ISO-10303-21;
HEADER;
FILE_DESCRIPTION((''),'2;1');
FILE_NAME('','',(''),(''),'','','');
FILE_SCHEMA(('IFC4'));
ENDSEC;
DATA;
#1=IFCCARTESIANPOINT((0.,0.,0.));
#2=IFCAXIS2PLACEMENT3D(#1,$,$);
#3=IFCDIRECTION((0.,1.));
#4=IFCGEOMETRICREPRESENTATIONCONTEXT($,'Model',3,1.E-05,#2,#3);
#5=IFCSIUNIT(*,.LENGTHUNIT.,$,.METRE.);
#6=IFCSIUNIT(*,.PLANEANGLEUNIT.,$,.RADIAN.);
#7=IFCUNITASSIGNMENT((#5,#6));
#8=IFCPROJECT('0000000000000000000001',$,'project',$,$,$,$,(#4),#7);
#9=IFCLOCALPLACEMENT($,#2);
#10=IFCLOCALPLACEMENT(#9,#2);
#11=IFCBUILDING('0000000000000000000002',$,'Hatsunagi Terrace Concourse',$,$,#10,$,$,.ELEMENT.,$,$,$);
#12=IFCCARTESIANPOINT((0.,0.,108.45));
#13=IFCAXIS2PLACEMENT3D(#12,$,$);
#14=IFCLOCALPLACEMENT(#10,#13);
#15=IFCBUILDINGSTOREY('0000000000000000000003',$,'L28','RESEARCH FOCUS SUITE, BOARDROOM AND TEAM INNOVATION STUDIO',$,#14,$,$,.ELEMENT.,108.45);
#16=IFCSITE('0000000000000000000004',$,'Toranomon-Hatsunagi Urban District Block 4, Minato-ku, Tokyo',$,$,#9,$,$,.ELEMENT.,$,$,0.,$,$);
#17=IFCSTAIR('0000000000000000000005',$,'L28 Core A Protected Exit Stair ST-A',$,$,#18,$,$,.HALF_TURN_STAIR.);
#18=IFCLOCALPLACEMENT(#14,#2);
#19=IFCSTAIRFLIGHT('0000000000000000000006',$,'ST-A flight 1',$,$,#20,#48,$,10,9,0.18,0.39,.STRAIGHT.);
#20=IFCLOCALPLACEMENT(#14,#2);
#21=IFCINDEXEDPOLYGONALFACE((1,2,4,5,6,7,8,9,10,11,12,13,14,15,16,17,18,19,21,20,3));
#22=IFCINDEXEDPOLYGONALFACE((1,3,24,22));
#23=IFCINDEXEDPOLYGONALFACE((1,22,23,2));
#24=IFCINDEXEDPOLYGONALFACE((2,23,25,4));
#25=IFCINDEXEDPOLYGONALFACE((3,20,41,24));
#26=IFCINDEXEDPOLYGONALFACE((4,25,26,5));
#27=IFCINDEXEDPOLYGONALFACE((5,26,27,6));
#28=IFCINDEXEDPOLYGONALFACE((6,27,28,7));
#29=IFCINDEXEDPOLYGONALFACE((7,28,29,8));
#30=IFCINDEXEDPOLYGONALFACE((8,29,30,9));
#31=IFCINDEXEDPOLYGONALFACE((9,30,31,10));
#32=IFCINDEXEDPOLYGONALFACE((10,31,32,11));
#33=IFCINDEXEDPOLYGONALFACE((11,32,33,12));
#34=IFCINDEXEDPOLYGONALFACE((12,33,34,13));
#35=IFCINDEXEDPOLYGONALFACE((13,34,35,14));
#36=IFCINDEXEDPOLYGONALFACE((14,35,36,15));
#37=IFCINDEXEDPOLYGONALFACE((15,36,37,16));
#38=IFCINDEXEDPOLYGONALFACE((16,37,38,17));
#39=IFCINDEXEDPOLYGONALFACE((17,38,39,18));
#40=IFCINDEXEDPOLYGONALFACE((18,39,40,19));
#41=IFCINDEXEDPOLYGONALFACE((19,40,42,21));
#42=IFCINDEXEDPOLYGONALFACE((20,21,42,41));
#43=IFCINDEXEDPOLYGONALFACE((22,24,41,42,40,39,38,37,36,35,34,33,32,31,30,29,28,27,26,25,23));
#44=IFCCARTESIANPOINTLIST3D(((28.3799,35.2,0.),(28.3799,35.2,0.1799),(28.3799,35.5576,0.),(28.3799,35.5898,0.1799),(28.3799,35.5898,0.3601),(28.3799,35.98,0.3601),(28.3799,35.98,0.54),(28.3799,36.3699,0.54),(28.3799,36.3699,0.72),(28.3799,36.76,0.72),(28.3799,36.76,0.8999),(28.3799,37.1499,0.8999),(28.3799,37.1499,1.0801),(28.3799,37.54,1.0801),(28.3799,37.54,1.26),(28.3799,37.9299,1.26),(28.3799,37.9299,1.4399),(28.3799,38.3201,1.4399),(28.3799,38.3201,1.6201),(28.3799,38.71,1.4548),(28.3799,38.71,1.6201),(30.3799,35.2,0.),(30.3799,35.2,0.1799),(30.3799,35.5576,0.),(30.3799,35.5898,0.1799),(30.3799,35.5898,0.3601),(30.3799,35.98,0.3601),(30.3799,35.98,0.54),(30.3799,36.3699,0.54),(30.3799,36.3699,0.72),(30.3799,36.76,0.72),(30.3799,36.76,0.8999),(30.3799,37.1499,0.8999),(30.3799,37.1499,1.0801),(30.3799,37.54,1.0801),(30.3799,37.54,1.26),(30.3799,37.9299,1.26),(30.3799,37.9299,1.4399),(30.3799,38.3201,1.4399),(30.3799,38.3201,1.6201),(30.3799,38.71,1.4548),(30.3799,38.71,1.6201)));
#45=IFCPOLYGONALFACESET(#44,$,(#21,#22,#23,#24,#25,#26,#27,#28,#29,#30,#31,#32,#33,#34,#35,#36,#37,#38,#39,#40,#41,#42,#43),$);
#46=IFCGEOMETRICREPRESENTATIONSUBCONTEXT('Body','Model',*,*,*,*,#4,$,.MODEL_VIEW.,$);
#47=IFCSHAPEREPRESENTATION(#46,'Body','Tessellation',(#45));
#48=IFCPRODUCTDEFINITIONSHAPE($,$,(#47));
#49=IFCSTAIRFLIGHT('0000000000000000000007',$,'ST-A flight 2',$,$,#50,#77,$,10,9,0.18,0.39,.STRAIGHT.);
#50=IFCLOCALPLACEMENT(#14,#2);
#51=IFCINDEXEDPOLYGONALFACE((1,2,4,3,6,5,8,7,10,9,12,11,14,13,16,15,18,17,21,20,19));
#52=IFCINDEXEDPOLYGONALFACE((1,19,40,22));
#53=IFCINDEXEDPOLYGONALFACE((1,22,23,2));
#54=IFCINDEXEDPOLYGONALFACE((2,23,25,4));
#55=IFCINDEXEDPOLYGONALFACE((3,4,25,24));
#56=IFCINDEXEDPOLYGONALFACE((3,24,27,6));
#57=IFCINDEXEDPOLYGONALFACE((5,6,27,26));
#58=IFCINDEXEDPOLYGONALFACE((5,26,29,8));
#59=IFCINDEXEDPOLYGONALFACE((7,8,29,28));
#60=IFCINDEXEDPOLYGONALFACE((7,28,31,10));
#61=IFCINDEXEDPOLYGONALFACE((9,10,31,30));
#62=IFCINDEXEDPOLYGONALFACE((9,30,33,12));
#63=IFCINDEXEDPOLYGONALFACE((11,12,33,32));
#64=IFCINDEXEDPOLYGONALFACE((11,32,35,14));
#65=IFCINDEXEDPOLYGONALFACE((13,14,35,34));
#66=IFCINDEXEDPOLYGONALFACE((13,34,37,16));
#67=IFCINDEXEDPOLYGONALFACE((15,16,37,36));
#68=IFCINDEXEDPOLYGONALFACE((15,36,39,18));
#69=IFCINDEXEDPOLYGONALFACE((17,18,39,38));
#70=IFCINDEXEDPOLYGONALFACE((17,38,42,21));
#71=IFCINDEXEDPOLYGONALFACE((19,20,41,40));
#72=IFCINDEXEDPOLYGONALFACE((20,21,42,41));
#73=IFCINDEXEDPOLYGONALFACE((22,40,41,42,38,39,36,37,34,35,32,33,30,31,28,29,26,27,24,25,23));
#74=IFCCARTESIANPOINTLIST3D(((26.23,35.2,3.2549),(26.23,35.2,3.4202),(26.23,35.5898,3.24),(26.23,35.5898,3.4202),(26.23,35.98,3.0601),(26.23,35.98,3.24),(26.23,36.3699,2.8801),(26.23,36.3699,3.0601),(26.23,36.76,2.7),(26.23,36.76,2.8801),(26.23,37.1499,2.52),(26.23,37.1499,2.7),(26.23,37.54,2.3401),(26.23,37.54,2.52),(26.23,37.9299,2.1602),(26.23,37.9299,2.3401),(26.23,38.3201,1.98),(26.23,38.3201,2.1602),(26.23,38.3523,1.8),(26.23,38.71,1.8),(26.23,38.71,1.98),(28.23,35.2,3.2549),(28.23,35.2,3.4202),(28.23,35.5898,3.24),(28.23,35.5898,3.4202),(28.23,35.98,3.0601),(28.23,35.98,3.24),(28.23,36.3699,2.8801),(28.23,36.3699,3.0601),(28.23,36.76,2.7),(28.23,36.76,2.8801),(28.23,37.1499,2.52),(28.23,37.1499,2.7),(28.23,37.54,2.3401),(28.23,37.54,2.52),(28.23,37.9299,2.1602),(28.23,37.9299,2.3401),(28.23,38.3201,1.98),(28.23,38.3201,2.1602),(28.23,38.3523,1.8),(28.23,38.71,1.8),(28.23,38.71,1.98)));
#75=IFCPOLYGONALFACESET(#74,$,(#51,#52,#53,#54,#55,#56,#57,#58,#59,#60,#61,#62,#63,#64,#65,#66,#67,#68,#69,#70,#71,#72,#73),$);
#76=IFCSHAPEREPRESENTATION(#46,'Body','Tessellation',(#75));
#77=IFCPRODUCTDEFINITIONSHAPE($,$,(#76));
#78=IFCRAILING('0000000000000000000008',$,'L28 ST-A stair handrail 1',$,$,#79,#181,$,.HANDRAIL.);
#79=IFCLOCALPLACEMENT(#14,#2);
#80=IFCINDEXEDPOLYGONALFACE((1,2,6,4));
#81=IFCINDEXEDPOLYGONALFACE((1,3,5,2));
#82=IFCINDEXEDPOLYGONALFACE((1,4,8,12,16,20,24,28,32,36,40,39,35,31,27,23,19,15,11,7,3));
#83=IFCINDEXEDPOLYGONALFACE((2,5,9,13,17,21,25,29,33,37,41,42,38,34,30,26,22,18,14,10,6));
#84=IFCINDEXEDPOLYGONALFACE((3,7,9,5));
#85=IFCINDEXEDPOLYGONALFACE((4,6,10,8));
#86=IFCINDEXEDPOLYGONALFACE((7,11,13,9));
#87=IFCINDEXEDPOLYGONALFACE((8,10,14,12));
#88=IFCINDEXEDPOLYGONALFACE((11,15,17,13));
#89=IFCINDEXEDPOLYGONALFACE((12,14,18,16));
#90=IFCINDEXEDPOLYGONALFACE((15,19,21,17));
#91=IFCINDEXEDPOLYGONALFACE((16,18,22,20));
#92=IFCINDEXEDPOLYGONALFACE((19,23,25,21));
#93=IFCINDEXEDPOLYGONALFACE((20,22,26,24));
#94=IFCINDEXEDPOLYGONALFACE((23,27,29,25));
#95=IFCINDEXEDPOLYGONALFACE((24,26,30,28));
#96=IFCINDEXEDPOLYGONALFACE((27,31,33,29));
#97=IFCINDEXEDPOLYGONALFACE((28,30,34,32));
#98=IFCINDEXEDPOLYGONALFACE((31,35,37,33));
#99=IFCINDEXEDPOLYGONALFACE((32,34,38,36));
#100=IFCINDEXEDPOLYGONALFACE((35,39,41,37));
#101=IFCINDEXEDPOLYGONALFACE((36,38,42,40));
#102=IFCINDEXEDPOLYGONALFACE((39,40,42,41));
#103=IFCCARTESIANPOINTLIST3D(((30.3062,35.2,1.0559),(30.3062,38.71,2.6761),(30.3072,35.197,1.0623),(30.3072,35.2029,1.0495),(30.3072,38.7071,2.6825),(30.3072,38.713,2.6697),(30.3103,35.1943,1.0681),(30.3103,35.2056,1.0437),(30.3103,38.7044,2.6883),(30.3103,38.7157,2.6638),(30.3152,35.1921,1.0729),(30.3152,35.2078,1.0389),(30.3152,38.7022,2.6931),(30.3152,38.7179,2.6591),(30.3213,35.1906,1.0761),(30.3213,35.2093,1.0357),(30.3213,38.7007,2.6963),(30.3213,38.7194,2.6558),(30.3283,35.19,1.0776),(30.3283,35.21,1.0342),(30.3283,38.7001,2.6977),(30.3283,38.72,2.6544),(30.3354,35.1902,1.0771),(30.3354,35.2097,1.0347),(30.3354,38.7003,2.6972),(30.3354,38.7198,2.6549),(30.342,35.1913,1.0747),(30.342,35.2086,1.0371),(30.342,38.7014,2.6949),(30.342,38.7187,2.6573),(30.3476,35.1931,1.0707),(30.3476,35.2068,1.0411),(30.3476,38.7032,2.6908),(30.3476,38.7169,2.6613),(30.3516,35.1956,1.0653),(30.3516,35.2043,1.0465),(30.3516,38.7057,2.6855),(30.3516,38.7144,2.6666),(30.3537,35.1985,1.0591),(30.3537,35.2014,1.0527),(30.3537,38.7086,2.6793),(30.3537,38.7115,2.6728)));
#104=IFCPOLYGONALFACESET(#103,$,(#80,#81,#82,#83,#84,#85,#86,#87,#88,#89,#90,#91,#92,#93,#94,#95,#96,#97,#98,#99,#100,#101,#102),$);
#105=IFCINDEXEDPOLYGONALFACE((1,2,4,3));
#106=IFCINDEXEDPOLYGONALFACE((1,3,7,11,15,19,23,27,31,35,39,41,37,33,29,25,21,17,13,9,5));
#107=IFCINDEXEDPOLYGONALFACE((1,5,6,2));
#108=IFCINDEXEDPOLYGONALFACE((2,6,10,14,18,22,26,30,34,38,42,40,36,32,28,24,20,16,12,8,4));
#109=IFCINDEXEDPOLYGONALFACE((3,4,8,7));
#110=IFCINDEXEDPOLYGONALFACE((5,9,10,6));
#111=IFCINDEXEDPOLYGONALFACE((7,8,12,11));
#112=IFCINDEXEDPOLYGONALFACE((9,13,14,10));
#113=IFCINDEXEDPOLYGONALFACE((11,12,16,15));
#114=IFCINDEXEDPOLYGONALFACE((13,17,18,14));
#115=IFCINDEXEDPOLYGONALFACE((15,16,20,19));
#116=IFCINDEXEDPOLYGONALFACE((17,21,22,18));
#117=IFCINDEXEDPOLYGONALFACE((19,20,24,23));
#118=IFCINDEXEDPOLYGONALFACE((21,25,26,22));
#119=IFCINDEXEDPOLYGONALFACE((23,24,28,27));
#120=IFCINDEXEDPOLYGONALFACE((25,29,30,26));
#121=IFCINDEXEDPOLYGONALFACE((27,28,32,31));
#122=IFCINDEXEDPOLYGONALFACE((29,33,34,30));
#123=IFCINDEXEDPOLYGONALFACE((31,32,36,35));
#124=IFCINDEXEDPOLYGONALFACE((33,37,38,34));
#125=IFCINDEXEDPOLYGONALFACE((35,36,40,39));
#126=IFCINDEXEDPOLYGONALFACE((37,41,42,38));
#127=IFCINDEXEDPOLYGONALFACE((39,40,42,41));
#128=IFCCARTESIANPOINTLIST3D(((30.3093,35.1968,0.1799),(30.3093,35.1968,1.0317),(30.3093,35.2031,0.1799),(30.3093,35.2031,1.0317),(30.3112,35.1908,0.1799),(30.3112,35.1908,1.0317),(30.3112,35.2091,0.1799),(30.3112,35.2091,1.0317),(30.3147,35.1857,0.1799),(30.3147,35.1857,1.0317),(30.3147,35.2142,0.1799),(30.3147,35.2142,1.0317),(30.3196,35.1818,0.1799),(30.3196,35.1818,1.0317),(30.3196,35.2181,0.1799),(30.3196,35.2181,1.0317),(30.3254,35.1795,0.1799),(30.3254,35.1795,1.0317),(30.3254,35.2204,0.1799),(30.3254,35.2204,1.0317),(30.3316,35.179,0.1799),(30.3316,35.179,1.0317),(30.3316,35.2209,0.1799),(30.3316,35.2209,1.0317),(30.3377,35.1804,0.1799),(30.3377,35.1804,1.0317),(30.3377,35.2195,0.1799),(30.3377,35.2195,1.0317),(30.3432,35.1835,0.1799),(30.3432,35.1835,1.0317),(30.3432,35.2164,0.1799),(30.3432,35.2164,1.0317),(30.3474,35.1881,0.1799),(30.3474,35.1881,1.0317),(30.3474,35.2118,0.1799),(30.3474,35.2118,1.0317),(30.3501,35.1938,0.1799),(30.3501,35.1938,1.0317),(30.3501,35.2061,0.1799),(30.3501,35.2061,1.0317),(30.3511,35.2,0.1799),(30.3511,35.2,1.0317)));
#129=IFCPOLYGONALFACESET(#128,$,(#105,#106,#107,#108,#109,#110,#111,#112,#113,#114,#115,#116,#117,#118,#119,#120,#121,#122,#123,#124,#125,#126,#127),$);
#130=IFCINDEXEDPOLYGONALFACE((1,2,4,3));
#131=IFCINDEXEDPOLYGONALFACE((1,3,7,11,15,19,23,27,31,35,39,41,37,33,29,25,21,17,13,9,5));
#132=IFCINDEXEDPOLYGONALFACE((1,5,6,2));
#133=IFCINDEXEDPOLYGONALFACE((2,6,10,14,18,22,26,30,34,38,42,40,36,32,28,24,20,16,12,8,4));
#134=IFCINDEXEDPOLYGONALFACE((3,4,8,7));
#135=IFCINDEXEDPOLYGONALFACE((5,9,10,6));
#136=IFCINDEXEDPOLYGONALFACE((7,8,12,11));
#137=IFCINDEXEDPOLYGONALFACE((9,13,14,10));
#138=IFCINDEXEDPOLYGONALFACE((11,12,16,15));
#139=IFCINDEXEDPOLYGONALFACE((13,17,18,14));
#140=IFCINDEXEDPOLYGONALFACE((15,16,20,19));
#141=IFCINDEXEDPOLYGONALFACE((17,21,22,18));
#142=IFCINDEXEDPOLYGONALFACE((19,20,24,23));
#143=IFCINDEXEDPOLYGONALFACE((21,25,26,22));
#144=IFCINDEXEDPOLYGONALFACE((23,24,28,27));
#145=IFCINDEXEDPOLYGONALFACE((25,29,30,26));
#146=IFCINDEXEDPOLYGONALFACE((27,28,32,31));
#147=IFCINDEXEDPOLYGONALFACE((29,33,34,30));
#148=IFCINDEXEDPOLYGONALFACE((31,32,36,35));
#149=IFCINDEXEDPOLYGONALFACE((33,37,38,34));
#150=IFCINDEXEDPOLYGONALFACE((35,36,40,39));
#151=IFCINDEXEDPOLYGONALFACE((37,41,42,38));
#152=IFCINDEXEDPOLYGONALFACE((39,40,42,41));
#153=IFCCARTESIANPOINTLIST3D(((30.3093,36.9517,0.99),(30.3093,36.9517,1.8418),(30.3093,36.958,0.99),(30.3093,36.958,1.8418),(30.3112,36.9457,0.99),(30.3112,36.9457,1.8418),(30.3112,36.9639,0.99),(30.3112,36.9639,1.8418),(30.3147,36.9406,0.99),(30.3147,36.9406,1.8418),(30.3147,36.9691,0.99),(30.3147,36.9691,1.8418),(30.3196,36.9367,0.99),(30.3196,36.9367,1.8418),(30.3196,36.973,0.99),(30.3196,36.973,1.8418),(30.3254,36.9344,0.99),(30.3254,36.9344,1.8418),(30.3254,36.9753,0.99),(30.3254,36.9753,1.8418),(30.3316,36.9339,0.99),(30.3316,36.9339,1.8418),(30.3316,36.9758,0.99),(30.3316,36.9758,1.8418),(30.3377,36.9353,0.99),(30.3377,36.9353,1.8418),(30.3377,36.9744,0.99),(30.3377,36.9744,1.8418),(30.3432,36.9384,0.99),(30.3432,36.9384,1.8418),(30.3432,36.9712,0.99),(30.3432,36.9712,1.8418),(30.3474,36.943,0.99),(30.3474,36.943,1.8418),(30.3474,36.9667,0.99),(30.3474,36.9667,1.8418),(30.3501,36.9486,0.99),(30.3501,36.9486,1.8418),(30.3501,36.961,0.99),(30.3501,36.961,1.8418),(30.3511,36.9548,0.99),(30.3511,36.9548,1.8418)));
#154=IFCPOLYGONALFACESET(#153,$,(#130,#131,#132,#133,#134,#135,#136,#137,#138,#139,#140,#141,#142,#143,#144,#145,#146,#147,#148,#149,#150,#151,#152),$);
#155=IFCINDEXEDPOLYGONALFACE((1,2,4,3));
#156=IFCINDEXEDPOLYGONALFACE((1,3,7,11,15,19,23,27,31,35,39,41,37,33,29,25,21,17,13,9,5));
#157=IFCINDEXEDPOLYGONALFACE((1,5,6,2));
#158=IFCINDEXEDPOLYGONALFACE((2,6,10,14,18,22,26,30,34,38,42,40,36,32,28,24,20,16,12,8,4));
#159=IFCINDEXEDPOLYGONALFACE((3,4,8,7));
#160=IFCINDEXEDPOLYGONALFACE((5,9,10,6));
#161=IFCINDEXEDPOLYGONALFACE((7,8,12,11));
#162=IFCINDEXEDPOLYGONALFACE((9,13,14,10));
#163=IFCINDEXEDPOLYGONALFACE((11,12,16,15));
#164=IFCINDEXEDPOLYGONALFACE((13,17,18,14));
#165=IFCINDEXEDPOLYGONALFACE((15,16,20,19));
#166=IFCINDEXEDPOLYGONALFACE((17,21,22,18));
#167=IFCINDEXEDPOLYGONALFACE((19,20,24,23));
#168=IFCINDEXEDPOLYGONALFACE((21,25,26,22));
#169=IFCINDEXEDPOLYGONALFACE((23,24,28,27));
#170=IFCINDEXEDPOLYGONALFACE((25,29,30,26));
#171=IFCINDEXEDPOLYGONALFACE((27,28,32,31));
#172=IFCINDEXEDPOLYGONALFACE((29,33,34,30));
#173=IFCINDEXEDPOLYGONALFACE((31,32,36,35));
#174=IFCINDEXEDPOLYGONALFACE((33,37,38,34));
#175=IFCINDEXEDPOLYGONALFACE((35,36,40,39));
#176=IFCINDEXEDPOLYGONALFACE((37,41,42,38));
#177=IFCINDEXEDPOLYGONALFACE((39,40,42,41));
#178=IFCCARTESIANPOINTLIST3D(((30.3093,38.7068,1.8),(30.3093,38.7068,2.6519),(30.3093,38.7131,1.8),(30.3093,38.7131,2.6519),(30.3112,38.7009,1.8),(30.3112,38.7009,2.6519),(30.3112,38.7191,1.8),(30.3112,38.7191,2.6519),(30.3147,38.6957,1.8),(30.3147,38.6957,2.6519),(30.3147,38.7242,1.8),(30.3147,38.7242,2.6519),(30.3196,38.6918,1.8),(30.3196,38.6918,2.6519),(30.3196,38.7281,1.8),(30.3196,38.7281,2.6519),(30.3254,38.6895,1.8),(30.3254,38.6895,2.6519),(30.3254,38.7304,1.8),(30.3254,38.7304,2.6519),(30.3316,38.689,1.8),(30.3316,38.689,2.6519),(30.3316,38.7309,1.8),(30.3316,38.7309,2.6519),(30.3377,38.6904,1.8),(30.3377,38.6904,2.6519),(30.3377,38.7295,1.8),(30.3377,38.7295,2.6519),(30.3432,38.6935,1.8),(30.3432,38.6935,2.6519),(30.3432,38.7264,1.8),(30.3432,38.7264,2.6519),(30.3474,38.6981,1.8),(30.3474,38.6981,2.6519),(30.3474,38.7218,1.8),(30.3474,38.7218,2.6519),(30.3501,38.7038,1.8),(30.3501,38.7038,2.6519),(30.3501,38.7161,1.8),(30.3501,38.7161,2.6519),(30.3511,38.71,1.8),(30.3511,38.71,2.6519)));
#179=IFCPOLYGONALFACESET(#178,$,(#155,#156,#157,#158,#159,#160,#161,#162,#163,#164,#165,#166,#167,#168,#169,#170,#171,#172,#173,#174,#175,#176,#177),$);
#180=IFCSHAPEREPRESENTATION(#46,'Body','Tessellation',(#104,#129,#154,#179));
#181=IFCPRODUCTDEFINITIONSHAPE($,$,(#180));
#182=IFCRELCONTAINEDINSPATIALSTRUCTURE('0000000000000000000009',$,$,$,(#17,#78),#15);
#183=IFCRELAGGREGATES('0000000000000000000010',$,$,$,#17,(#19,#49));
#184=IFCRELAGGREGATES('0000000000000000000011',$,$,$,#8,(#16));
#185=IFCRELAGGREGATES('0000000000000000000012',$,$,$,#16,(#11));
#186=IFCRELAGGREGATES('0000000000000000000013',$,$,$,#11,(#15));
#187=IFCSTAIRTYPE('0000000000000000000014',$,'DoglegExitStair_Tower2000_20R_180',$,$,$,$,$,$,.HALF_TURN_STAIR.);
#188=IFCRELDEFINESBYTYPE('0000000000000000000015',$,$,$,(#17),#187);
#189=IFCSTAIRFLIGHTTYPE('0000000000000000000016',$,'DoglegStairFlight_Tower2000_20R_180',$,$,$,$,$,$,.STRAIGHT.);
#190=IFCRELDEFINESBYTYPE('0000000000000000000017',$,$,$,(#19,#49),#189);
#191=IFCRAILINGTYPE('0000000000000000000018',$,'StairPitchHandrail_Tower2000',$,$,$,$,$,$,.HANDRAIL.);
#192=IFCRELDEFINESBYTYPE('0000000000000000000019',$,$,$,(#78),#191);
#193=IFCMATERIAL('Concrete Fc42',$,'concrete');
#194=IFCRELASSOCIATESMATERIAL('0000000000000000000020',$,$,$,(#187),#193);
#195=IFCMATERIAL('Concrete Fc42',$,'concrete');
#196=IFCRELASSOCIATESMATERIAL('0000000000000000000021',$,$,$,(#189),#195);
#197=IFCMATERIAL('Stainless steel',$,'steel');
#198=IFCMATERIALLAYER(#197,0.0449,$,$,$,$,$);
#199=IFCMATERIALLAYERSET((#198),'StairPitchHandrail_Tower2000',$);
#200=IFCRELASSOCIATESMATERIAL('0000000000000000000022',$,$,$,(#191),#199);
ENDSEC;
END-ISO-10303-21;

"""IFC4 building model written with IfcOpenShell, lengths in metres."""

from ifc_helpers import new_model, si_unit, direction, frame, origin, origin_2d, place, context, subcontext, project, spatial, polyline, circle, outline, extrude, material, layer, layer_set, type_object, element, aggregate, save


model = new_model("IFC4")

# Units and contexts
model_context = context("Model", 3, precision=1e-05, world=origin(), true_north=direction((0.0, 1.0)))
body_context = subcontext(model_context, "Body", "Model", "MODEL_VIEW")
ifc_project = project(units=[si_unit("LENGTHUNIT", "METRE"), si_unit("PLANEANGLEUNIT", "RADIAN")], contexts=[model_context])

# Site, building, storey
site_placement = place(None, origin())
site = spatial("IfcSite", under=ifc_project, at=site_placement, Name="Toranomon-Hatsunagi Urban District Block 4, Minato-ku, Tokyo", CompositionType="ELEMENT", RefElevation=0.0)
building_placement = place(site_placement, origin())
building = spatial("IfcBuilding", under=site, at=building_placement, Name="Hatsunagi Terrace Concourse", CompositionType="ELEMENT")
storey_placement = place(building_placement, frame((0.0, 0.0, 108.45)))
storey = spatial("IfcBuildingStorey", under=building, at=storey_placement, Name="L28", Description="RESEARCH FOCUS SUITE, BOARDROOM AND TEAM INNOVATION STUDIO", CompositionType="ELEMENT", Elevation=108.45)

# Stair, stair flights
ifc_material_1 = material(Name="Concrete Fc42", Category="concrete")
stair_type = type_object("IfcStairType", Name="DoglegExitStair_Tower2000_20R_180", PredefinedType="HALF_TURN_STAIR", material=ifc_material_1)
stair_placement = place(storey_placement, origin())
stair = element("IfcStair", 1, at=stair_placement, inside=storey, type_object=stair_type, Name="L28 Core A Protected Exit Stair ST-A", PredefinedType="HALF_TURN_STAIR")
ifc_material_2 = material(Name="Concrete Fc42", Category="concrete")
stair_flight_type = type_object("IfcStairFlightType", Name="DoglegStairFlight_Tower2000_20R_180", PredefinedType="STRAIGHT", material=ifc_material_2)
stair_flight_1_placement = place(storey_placement, frame((29.3799, 35.2, 0.0), z_axis=(0.0, 0.0, 1.0), x_axis=(0.0, 1.0, 0.0)))
stair_flight_1 = element("IfcStairFlight", 2, at=stair_flight_1_placement, type_object=stair_flight_type, Name="ST-A flight 1", NumberOfRisers=10, NumberOfTreads=9, PredefinedType="STRAIGHT", RiserHeight=0.18, TreadLength=0.39, context=body_context, shape_type="SweptSolid", body=[
    extrude(outline(polyline([(0.0, 0.0), (0.0, 0.1799), (0.3899, 0.1799), (0.3899, 0.3601), (0.78, 0.3601), (0.78, 0.54), (1.1699, 0.54), (1.1699, 0.72), (1.5601, 0.72), (1.5601, 0.8999), (1.95, 0.8999), (1.95, 1.0801), (2.3401, 1.0801), (2.3401, 1.26), (2.73, 1.26), (2.73, 1.4399), (3.1201, 1.4399), (3.1201, 1.6201), (3.51, 1.6201), (3.51, 1.8), (3.51, 1.4548), (0.3577, 0.0), (0.0, 0.0)])), frame((0.0, 1.0, 0.0), z_axis=(0.0, -1.0, 0.0), x_axis=(1.0, 0.0, 0.0)), (0.0, 0.0, 1.0), 2.0),
])
stair_flight_2_placement = place(storey_placement, frame((27.23, 38.71, 1.8), z_axis=(0.0, 0.0, 1.0), x_axis=(0.0, -1.0, 0.0)))
stair_flight_2 = element("IfcStairFlight", 3, at=stair_flight_2_placement, type_object=stair_flight_type, Name="ST-A flight 2", NumberOfRisers=10, NumberOfTreads=9, PredefinedType="STRAIGHT", RiserHeight=0.18, TreadLength=0.39, context=body_context, shape_type="SweptSolid", body=[
    extrude(outline(polyline([(0.0, 0.0), (0.0, 0.1799), (0.3899, 0.1799), (0.3899, 0.3601), (0.78, 0.3601), (0.78, 0.54), (1.1699, 0.54), (1.1699, 0.72), (1.5601, 0.72), (1.5601, 0.8999), (1.95, 0.8999), (1.95, 1.0801), (2.3401, 1.0801), (2.3401, 1.26), (2.73, 1.26), (2.73, 1.4399), (3.1201, 1.4399), (3.1201, 1.6201), (3.51, 1.6201), (3.51, 1.8), (3.51, 1.4548), (0.3577, 0.0), (0.0, 0.0)])), frame((0.0, 1.0, 0.0), z_axis=(0.0, -1.0, 0.0), x_axis=(1.0, 0.0, 0.0)), (0.0, 0.0, 1.0), 2.0),
])
aggregate(stair, [stair_flight_1, stair_flight_2])

# Railing
ifc_material_3 = material(Name="Stainless steel", Category="steel")
ifc_layer_1 = layer(ifc_material_3, 0.0449)
ifc_layer_set_1 = layer_set([ifc_layer_1], Name="StairPitchHandrail_Tower2000")
railing_type_1 = type_object("IfcRailingType", Name="StairPitchHandrail_Tower2000", PredefinedType="HANDRAIL", material=ifc_layer_set_1)
railing_1_placement = place(storey_placement, frame((30.3301, 35.2, 0.1799)))
element("IfcRailing", 4, at=railing_1_placement, inside=storey, type_object=railing_type_1, Name="L28 ST-A stair handrail 1", PredefinedType="HANDRAIL", context=body_context, shape_type="SweptSolid", body=[
    extrude(circle(Radius=0.0239, at=origin_2d()), frame((0.0, 0.0, 0.876), z_axis=(0.0, 0.907948, 0.419082), x_axis=(-1.0, 0.0, 0.0)), (0.0, 0.0, 1.0), 3.866),
    extrude(circle(Radius=0.021, at=origin_2d()), origin(), (0.0, 0.0, 1.0), 0.8518),
    extrude(circle(Radius=0.021, at=origin_2d()), frame((0.0, 1.7549, 0.8101)), (0.0, 0.0, 1.0), 0.8518),
    extrude(circle(Radius=0.021, at=origin_2d()), frame((0.0, 3.51, 1.6201)), (0.0, 0.0, 1.0), 0.8518),
])

save(model, "model.ifc")
